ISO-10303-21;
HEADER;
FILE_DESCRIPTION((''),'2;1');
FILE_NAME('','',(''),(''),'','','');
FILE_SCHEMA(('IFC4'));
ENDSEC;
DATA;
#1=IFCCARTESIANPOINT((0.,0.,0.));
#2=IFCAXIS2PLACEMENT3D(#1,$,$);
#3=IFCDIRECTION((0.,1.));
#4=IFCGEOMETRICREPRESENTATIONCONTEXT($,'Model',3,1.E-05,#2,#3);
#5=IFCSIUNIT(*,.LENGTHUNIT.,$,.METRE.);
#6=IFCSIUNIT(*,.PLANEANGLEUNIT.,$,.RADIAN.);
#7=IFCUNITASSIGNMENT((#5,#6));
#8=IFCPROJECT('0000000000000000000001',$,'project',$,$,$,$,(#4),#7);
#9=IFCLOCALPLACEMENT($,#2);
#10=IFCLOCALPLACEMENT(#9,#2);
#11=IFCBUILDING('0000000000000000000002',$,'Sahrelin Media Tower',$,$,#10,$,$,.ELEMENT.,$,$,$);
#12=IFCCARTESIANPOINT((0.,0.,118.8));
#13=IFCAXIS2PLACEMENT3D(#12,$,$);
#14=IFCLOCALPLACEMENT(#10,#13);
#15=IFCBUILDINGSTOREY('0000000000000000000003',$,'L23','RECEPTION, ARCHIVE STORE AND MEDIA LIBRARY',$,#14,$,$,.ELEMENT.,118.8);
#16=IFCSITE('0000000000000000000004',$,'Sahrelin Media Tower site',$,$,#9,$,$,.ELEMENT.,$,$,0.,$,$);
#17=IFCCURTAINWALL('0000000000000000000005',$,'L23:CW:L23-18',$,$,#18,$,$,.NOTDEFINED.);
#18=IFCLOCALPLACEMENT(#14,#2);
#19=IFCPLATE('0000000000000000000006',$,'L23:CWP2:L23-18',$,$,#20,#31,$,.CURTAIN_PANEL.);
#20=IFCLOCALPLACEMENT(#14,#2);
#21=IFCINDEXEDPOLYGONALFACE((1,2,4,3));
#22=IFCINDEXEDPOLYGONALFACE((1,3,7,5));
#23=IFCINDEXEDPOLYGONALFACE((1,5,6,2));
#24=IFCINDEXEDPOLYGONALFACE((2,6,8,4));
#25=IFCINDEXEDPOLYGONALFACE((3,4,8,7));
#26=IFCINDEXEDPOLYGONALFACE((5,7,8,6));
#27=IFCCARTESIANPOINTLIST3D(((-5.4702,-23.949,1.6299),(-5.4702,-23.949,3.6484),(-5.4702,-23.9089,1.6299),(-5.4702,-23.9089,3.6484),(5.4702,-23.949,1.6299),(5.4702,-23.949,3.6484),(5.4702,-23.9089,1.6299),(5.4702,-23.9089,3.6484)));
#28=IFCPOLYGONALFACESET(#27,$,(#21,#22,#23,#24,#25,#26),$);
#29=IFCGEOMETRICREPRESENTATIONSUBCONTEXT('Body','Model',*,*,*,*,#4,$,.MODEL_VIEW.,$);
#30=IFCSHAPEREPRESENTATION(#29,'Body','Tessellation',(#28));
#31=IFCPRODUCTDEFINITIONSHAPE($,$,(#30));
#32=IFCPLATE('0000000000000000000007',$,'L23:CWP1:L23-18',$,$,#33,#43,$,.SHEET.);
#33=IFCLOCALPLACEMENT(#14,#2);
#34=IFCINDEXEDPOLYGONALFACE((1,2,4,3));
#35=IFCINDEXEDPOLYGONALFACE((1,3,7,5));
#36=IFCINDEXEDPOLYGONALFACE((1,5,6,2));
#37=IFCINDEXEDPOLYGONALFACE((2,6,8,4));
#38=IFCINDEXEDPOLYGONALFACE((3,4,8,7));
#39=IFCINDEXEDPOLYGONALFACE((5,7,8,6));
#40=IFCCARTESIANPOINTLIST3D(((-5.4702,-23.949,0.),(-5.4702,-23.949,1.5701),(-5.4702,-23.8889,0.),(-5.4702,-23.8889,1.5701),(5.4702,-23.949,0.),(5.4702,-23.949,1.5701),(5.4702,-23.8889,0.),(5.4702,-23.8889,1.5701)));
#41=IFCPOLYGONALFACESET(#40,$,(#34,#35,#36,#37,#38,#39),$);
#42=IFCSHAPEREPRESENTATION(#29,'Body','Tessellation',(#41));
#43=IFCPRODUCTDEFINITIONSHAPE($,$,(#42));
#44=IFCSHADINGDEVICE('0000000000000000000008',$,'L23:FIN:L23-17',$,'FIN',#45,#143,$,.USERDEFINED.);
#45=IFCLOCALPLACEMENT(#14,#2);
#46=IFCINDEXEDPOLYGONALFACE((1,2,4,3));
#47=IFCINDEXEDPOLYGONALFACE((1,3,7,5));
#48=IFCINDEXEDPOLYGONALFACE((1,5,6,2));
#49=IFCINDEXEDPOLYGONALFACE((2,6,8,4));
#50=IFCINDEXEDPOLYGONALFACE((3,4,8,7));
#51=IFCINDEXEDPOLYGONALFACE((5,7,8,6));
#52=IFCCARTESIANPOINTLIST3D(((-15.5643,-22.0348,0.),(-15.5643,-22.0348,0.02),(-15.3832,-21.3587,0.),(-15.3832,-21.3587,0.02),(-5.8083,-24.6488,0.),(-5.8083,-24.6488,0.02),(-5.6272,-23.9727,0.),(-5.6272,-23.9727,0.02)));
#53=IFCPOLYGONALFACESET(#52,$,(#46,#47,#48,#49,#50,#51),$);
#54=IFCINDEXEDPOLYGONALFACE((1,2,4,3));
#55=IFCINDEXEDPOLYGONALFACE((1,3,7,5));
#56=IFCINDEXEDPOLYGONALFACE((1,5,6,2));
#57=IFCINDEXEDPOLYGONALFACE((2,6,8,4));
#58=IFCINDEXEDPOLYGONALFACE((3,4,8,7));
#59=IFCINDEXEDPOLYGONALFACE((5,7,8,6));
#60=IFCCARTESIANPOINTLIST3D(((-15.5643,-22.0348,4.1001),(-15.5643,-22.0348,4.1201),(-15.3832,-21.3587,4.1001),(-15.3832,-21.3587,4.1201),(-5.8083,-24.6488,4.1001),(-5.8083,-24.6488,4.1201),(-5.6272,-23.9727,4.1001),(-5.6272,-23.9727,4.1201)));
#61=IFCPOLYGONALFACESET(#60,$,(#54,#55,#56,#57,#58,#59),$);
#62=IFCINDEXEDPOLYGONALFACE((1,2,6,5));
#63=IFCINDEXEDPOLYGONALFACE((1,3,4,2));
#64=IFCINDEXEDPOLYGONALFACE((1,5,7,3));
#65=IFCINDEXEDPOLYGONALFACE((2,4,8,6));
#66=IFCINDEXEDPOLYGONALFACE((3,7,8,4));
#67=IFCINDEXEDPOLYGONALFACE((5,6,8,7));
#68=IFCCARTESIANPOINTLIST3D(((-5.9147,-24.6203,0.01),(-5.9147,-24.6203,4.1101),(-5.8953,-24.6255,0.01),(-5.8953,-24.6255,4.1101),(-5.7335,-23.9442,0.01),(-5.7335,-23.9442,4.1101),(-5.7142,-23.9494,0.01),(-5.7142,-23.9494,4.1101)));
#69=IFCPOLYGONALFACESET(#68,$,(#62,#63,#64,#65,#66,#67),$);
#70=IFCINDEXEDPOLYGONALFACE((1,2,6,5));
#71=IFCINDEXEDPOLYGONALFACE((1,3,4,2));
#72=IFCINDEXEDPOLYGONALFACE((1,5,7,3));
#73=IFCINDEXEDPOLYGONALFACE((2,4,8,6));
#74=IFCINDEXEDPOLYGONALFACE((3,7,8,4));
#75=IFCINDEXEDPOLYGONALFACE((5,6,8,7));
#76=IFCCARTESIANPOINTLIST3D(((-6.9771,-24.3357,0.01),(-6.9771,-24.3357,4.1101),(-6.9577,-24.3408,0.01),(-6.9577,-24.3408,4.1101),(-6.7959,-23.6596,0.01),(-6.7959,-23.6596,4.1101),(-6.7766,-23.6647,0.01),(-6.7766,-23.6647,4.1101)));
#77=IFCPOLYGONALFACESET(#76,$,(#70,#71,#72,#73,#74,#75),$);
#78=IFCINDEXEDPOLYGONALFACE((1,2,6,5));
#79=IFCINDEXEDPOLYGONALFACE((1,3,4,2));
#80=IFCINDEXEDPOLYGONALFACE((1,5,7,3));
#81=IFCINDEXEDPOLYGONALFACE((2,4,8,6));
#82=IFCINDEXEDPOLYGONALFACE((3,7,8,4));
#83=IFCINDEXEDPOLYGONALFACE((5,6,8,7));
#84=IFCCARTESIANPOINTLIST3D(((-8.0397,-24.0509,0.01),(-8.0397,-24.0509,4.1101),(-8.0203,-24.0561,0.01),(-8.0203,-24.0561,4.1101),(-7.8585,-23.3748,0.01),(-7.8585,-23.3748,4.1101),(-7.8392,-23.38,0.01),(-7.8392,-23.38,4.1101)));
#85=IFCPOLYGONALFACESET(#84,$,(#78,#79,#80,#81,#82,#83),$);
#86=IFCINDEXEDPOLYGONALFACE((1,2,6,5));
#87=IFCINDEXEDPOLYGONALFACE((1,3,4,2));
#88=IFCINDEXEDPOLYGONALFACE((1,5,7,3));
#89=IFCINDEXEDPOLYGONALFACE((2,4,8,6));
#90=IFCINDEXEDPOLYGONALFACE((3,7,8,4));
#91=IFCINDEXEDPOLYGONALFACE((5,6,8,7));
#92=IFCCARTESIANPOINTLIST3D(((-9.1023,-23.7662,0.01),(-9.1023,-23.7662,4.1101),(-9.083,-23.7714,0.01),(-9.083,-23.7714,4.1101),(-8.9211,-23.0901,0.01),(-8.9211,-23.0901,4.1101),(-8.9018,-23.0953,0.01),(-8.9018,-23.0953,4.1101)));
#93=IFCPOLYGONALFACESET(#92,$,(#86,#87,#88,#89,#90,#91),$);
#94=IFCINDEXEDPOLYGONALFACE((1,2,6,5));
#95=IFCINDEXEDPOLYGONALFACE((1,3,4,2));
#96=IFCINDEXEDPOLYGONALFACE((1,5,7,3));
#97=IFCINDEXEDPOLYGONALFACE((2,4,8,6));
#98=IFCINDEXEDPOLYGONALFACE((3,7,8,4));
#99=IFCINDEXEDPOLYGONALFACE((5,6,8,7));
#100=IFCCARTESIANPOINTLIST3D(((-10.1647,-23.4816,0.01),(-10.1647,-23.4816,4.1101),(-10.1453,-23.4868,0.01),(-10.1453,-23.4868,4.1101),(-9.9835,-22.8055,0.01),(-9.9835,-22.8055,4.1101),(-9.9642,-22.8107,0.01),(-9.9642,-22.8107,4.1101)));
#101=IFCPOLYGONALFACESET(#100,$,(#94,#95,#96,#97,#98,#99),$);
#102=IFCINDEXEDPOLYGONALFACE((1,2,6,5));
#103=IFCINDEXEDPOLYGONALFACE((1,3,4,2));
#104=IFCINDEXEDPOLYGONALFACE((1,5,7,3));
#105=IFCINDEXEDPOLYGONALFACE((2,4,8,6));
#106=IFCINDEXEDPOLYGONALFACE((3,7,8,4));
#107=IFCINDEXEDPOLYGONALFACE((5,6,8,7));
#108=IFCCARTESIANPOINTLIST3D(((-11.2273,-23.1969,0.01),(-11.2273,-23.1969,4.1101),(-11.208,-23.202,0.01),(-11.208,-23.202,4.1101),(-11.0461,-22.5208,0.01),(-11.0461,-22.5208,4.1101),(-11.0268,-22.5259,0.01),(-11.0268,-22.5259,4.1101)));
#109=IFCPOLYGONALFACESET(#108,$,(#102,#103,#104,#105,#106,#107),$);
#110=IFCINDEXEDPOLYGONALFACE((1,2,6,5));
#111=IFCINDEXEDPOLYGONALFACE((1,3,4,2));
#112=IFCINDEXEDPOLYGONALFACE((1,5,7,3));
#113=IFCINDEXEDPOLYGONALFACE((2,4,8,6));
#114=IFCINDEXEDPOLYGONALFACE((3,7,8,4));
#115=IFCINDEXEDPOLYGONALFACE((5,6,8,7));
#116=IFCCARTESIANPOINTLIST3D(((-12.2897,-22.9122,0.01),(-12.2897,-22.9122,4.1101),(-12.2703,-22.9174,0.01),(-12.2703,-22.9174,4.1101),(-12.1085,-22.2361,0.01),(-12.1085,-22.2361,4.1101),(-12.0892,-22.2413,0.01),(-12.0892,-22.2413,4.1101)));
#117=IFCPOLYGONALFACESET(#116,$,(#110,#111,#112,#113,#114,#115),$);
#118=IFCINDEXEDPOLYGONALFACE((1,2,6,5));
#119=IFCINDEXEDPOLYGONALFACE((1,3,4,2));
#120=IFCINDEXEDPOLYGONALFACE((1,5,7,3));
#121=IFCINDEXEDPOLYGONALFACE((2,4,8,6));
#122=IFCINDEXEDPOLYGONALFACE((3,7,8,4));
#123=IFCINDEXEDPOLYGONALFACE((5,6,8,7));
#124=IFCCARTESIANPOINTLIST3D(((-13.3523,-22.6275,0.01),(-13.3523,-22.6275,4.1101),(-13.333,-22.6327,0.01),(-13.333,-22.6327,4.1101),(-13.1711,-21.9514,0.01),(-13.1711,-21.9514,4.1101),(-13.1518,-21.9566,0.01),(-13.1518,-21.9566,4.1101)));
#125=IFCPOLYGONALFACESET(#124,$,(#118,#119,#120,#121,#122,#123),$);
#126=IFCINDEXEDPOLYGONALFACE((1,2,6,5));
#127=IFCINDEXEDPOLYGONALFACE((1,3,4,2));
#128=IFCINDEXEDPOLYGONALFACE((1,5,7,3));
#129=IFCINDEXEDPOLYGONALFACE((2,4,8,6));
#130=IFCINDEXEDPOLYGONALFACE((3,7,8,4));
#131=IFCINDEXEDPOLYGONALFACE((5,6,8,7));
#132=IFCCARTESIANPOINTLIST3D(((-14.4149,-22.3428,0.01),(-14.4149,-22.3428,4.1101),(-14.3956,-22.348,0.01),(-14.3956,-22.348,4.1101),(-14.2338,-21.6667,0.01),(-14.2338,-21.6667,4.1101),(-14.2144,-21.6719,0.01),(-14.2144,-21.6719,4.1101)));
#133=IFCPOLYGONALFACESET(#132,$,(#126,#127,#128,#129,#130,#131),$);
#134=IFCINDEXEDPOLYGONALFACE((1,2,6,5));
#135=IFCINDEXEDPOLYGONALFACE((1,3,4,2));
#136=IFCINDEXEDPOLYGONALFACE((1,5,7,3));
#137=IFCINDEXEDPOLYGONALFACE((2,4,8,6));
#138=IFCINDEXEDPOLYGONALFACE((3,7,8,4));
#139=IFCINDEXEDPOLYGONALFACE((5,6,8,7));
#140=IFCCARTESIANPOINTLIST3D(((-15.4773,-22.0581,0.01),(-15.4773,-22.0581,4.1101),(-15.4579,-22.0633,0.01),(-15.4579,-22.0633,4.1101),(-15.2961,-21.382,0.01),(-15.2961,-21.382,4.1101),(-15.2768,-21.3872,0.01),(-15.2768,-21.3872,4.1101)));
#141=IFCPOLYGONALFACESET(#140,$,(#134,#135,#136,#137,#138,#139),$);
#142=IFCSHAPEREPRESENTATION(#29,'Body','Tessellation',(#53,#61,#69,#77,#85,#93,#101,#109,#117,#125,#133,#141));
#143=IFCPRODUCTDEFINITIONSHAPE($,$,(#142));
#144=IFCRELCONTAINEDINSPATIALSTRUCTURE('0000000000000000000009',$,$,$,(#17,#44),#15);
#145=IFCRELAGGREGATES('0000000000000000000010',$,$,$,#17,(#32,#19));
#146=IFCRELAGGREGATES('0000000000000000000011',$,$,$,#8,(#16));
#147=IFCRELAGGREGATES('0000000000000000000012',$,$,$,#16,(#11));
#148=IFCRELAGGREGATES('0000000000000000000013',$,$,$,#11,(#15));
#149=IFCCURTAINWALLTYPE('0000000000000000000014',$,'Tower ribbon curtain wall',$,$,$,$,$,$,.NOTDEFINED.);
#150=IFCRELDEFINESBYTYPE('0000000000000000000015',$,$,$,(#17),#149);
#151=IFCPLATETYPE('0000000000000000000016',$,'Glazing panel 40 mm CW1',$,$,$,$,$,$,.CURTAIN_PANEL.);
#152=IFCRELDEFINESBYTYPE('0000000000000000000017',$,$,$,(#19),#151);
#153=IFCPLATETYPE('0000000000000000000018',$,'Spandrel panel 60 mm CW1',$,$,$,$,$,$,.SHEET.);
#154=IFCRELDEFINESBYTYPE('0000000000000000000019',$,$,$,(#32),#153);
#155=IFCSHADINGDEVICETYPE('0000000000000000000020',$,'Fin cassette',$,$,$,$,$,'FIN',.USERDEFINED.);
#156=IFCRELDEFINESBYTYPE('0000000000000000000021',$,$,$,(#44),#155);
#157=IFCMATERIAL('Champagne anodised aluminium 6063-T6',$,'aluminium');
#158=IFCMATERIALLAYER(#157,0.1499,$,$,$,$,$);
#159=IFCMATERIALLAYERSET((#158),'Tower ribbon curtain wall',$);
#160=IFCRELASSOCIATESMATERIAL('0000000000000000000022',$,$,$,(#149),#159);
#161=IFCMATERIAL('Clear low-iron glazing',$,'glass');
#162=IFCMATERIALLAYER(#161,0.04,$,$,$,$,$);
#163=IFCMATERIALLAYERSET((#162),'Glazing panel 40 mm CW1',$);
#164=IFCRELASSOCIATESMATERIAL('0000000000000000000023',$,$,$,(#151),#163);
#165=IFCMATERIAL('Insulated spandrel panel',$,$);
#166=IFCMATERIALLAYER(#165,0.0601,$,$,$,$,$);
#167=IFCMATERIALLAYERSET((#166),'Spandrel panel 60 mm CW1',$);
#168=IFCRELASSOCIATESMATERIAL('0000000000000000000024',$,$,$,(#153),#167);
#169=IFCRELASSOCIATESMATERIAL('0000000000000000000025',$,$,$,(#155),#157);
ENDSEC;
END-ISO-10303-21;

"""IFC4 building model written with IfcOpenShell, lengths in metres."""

from ifc_helpers import new_model, si_unit, direction, frame, origin, origin_2d, place, context, subcontext, project, spatial, polyline, rectangle, outline, extrude, material, layer, layer_set, type_object, element, aggregate, save


model = new_model("IFC4")

# Units and contexts
model_context = context("Model", 3, precision=1e-05, world=origin(), true_north=direction((0.0, 1.0)))
body_context = subcontext(model_context, "Body", "Model", "MODEL_VIEW")
ifc_project = project(units=[si_unit("LENGTHUNIT", "METRE"), si_unit("PLANEANGLEUNIT", "RADIAN")], contexts=[model_context])

# Site, building, storey
site_placement = place(None, origin())
site = spatial("IfcSite", under=ifc_project, at=site_placement, Name="Sahrelin Media Tower site", CompositionType="ELEMENT", RefElevation=0.0)
building_placement = place(site_placement, origin())
building = spatial("IfcBuilding", under=site, at=building_placement, Name="Sahrelin Media Tower", CompositionType="ELEMENT")
storey_placement = place(building_placement, frame((0.0, 0.0, 118.8)))
storey = spatial("IfcBuildingStorey", under=building, at=storey_placement, Name="L23", Description="RECEPTION, ARCHIVE STORE AND MEDIA LIBRARY", CompositionType="ELEMENT", Elevation=118.8)

# Curtain wall
ifc_material_1 = material(Name="Champagne anodised aluminium 6063-T6", Category="aluminium")
ifc_layer_1 = layer(ifc_material_1, 0.1499)
ifc_layer_set_1 = layer_set([ifc_layer_1], Name="Tower ribbon curtain wall")
curtain_wall_type = type_object("IfcCurtainWallType", Name="Tower ribbon curtain wall", PredefinedType="NOTDEFINED", material=ifc_layer_set_1)
curtain_wall_1_placement = place(storey_placement, frame((0.0, -23.929, 0.0), z_axis=(0.0, 0.0, 1.0), x_axis=(1.0, 0.0, 0.0)))
curtain_wall_1 = element("IfcCurtainWall", 1, at=curtain_wall_1_placement, inside=storey, type_object=curtain_wall_type, Name="L23:CW:L23-18", PredefinedType="NOTDEFINED")

# Plates
ifc_material_2 = material(Name="Clear low-iron glazing", Category="glass")
ifc_layer_2 = layer(ifc_material_2, 0.04)
ifc_layer_set_2 = layer_set([ifc_layer_2], Name="Glazing panel 40 mm CW1")
plate_type_1 = type_object("IfcPlateType", Name="Glazing panel 40 mm CW1", PredefinedType="CURTAIN_PANEL", material=ifc_layer_set_2)
plate_1_placement = place(storey_placement, frame((-5.4702, -23.949, 1.6299), z_axis=(0.0, -1.0, 0.0), x_axis=(1.0, 0.0, 0.0)))
plate_1 = element("IfcPlate", 2, at=plate_1_placement, type_object=plate_type_1, Name="L23:CWP2:L23-18", PredefinedType="CURTAIN_PANEL", context=body_context, shape_type="SweptSolid", body=[
    extrude(outline(polyline([(0.0, 0.0), (10.9404, 0.0), (10.9404, 2.0186), (0.0, 2.0186), (0.0, 0.0)])), origin(), (0.0, 0.0, -1.0), 0.04),
])
ifc_material_3 = material(Name="Insulated spandrel panel")
ifc_layer_3 = layer(ifc_material_3, 0.0601)
ifc_layer_set_3 = layer_set([ifc_layer_3], Name="Spandrel panel 60 mm CW1")
plate_type_2 = type_object("IfcPlateType", Name="Spandrel panel 60 mm CW1", PredefinedType="SHEET", material=ifc_layer_set_3)
plate_2_placement = place(storey_placement, frame((-5.4702, -23.949, 0.0), z_axis=(0.0, -1.0, 0.0), x_axis=(1.0, 0.0, 0.0)))
plate_2 = element("IfcPlate", 3, at=plate_2_placement, type_object=plate_type_2, Name="L23:CWP1:L23-18", PredefinedType="SHEET", context=body_context, shape_type="SweptSolid", body=[
    extrude(outline(polyline([(0.0, 0.0), (10.9404, 0.0), (10.9404, 1.5701), (0.0, 1.5701), (0.0, 0.0)])), origin(), (0.0, 0.0, -1.0), 0.0601),
])
aggregate(curtain_wall_1, [plate_2, plate_1])

# Shading device
shading_device_type_1 = type_object("IfcShadingDeviceType", Name="Fin cassette", ElementType="FIN", PredefinedType="USERDEFINED", material=ifc_material_1)
placement_1 = place(storey_placement, frame((-10.4871, -22.5981, 0.0), z_axis=(0.0, 0.0, 1.0), x_axis=(-0.965929, 0.258808, 0.0)))
element("IfcShadingDevice", 4, at=placement_1, inside=storey, type_object=shading_device_type_1, Name="L23:FIN:L23-17", ObjectType="FIN", PredefinedType="USERDEFINED", context=body_context, shape_type="SweptSolid", body=[
    extrude(rectangle(XDim=10.1001, YDim=0.7, at=origin_2d()), frame((0.0, 0.4199, 0.0)), (0.0, 0.0, 1.0), 0.02),
    extrude(rectangle(XDim=10.1001, YDim=0.7, at=origin_2d()), frame((0.0, 0.4199, 4.1001)), (0.0, 0.0, 1.0), 0.02),
    extrude(rectangle(XDim=0.02, YDim=0.7, at=origin_2d()), frame((-4.95, 0.4199, 0.01), z_axis=(0.0, 0.0, 1.0), x_axis=(1.0, 0.0, 0.0)), (0.0, 0.0, 1.0), 4.1001),
    extrude(rectangle(XDim=0.02, YDim=0.7, at=origin_2d()), frame((-3.8501, 0.4199, 0.01), z_axis=(0.0, 0.0, 1.0), x_axis=(1.0, 0.0, 0.0)), (0.0, 0.0, 1.0), 4.1001),
    extrude(rectangle(XDim=0.02, YDim=0.7, at=origin_2d()), frame((-2.75, 0.4199, 0.01), z_axis=(0.0, 0.0, 1.0), x_axis=(1.0, 0.0, 0.0)), (0.0, 0.0, 1.0), 4.1001),
    extrude(rectangle(XDim=0.02, YDim=0.7, at=origin_2d()), frame((-1.6499, 0.4199, 0.01), z_axis=(0.0, 0.0, 1.0), x_axis=(1.0, 0.0, 0.0)), (0.0, 0.0, 1.0), 4.1001),
    extrude(rectangle(XDim=0.02, YDim=0.7, at=origin_2d()), frame((-0.55, 0.4199, 0.01), z_axis=(0.0, 0.0, 1.0), x_axis=(1.0, 0.0, 0.0)), (0.0, 0.0, 1.0), 4.1001),
    extrude(rectangle(XDim=0.02, YDim=0.7, at=origin_2d()), frame((0.55, 0.4199, 0.01), z_axis=(0.0, 0.0, 1.0), x_axis=(1.0, 0.0, 0.0)), (0.0, 0.0, 1.0), 4.1001),
    extrude(rectangle(XDim=0.02, YDim=0.7, at=origin_2d()), frame((1.6499, 0.4199, 0.01), z_axis=(0.0, 0.0, 1.0), x_axis=(1.0, 0.0, 0.0)), (0.0, 0.0, 1.0), 4.1001),
    extrude(rectangle(XDim=0.02, YDim=0.7, at=origin_2d()), frame((2.75, 0.4199, 0.01), z_axis=(0.0, 0.0, 1.0), x_axis=(1.0, 0.0, 0.0)), (0.0, 0.0, 1.0), 4.1001),
    extrude(rectangle(XDim=0.02, YDim=0.7, at=origin_2d()), frame((3.8501, 0.4199, 0.01), z_axis=(0.0, 0.0, 1.0), x_axis=(1.0, 0.0, 0.0)), (0.0, 0.0, 1.0), 4.1001),
    extrude(rectangle(XDim=0.02, YDim=0.7, at=origin_2d()), frame((4.95, 0.4199, 0.01), z_axis=(0.0, 0.0, 1.0), x_axis=(1.0, 0.0, 0.0)), (0.0, 0.0, 1.0), 4.1001),
])

save(model, "model.ifc")
